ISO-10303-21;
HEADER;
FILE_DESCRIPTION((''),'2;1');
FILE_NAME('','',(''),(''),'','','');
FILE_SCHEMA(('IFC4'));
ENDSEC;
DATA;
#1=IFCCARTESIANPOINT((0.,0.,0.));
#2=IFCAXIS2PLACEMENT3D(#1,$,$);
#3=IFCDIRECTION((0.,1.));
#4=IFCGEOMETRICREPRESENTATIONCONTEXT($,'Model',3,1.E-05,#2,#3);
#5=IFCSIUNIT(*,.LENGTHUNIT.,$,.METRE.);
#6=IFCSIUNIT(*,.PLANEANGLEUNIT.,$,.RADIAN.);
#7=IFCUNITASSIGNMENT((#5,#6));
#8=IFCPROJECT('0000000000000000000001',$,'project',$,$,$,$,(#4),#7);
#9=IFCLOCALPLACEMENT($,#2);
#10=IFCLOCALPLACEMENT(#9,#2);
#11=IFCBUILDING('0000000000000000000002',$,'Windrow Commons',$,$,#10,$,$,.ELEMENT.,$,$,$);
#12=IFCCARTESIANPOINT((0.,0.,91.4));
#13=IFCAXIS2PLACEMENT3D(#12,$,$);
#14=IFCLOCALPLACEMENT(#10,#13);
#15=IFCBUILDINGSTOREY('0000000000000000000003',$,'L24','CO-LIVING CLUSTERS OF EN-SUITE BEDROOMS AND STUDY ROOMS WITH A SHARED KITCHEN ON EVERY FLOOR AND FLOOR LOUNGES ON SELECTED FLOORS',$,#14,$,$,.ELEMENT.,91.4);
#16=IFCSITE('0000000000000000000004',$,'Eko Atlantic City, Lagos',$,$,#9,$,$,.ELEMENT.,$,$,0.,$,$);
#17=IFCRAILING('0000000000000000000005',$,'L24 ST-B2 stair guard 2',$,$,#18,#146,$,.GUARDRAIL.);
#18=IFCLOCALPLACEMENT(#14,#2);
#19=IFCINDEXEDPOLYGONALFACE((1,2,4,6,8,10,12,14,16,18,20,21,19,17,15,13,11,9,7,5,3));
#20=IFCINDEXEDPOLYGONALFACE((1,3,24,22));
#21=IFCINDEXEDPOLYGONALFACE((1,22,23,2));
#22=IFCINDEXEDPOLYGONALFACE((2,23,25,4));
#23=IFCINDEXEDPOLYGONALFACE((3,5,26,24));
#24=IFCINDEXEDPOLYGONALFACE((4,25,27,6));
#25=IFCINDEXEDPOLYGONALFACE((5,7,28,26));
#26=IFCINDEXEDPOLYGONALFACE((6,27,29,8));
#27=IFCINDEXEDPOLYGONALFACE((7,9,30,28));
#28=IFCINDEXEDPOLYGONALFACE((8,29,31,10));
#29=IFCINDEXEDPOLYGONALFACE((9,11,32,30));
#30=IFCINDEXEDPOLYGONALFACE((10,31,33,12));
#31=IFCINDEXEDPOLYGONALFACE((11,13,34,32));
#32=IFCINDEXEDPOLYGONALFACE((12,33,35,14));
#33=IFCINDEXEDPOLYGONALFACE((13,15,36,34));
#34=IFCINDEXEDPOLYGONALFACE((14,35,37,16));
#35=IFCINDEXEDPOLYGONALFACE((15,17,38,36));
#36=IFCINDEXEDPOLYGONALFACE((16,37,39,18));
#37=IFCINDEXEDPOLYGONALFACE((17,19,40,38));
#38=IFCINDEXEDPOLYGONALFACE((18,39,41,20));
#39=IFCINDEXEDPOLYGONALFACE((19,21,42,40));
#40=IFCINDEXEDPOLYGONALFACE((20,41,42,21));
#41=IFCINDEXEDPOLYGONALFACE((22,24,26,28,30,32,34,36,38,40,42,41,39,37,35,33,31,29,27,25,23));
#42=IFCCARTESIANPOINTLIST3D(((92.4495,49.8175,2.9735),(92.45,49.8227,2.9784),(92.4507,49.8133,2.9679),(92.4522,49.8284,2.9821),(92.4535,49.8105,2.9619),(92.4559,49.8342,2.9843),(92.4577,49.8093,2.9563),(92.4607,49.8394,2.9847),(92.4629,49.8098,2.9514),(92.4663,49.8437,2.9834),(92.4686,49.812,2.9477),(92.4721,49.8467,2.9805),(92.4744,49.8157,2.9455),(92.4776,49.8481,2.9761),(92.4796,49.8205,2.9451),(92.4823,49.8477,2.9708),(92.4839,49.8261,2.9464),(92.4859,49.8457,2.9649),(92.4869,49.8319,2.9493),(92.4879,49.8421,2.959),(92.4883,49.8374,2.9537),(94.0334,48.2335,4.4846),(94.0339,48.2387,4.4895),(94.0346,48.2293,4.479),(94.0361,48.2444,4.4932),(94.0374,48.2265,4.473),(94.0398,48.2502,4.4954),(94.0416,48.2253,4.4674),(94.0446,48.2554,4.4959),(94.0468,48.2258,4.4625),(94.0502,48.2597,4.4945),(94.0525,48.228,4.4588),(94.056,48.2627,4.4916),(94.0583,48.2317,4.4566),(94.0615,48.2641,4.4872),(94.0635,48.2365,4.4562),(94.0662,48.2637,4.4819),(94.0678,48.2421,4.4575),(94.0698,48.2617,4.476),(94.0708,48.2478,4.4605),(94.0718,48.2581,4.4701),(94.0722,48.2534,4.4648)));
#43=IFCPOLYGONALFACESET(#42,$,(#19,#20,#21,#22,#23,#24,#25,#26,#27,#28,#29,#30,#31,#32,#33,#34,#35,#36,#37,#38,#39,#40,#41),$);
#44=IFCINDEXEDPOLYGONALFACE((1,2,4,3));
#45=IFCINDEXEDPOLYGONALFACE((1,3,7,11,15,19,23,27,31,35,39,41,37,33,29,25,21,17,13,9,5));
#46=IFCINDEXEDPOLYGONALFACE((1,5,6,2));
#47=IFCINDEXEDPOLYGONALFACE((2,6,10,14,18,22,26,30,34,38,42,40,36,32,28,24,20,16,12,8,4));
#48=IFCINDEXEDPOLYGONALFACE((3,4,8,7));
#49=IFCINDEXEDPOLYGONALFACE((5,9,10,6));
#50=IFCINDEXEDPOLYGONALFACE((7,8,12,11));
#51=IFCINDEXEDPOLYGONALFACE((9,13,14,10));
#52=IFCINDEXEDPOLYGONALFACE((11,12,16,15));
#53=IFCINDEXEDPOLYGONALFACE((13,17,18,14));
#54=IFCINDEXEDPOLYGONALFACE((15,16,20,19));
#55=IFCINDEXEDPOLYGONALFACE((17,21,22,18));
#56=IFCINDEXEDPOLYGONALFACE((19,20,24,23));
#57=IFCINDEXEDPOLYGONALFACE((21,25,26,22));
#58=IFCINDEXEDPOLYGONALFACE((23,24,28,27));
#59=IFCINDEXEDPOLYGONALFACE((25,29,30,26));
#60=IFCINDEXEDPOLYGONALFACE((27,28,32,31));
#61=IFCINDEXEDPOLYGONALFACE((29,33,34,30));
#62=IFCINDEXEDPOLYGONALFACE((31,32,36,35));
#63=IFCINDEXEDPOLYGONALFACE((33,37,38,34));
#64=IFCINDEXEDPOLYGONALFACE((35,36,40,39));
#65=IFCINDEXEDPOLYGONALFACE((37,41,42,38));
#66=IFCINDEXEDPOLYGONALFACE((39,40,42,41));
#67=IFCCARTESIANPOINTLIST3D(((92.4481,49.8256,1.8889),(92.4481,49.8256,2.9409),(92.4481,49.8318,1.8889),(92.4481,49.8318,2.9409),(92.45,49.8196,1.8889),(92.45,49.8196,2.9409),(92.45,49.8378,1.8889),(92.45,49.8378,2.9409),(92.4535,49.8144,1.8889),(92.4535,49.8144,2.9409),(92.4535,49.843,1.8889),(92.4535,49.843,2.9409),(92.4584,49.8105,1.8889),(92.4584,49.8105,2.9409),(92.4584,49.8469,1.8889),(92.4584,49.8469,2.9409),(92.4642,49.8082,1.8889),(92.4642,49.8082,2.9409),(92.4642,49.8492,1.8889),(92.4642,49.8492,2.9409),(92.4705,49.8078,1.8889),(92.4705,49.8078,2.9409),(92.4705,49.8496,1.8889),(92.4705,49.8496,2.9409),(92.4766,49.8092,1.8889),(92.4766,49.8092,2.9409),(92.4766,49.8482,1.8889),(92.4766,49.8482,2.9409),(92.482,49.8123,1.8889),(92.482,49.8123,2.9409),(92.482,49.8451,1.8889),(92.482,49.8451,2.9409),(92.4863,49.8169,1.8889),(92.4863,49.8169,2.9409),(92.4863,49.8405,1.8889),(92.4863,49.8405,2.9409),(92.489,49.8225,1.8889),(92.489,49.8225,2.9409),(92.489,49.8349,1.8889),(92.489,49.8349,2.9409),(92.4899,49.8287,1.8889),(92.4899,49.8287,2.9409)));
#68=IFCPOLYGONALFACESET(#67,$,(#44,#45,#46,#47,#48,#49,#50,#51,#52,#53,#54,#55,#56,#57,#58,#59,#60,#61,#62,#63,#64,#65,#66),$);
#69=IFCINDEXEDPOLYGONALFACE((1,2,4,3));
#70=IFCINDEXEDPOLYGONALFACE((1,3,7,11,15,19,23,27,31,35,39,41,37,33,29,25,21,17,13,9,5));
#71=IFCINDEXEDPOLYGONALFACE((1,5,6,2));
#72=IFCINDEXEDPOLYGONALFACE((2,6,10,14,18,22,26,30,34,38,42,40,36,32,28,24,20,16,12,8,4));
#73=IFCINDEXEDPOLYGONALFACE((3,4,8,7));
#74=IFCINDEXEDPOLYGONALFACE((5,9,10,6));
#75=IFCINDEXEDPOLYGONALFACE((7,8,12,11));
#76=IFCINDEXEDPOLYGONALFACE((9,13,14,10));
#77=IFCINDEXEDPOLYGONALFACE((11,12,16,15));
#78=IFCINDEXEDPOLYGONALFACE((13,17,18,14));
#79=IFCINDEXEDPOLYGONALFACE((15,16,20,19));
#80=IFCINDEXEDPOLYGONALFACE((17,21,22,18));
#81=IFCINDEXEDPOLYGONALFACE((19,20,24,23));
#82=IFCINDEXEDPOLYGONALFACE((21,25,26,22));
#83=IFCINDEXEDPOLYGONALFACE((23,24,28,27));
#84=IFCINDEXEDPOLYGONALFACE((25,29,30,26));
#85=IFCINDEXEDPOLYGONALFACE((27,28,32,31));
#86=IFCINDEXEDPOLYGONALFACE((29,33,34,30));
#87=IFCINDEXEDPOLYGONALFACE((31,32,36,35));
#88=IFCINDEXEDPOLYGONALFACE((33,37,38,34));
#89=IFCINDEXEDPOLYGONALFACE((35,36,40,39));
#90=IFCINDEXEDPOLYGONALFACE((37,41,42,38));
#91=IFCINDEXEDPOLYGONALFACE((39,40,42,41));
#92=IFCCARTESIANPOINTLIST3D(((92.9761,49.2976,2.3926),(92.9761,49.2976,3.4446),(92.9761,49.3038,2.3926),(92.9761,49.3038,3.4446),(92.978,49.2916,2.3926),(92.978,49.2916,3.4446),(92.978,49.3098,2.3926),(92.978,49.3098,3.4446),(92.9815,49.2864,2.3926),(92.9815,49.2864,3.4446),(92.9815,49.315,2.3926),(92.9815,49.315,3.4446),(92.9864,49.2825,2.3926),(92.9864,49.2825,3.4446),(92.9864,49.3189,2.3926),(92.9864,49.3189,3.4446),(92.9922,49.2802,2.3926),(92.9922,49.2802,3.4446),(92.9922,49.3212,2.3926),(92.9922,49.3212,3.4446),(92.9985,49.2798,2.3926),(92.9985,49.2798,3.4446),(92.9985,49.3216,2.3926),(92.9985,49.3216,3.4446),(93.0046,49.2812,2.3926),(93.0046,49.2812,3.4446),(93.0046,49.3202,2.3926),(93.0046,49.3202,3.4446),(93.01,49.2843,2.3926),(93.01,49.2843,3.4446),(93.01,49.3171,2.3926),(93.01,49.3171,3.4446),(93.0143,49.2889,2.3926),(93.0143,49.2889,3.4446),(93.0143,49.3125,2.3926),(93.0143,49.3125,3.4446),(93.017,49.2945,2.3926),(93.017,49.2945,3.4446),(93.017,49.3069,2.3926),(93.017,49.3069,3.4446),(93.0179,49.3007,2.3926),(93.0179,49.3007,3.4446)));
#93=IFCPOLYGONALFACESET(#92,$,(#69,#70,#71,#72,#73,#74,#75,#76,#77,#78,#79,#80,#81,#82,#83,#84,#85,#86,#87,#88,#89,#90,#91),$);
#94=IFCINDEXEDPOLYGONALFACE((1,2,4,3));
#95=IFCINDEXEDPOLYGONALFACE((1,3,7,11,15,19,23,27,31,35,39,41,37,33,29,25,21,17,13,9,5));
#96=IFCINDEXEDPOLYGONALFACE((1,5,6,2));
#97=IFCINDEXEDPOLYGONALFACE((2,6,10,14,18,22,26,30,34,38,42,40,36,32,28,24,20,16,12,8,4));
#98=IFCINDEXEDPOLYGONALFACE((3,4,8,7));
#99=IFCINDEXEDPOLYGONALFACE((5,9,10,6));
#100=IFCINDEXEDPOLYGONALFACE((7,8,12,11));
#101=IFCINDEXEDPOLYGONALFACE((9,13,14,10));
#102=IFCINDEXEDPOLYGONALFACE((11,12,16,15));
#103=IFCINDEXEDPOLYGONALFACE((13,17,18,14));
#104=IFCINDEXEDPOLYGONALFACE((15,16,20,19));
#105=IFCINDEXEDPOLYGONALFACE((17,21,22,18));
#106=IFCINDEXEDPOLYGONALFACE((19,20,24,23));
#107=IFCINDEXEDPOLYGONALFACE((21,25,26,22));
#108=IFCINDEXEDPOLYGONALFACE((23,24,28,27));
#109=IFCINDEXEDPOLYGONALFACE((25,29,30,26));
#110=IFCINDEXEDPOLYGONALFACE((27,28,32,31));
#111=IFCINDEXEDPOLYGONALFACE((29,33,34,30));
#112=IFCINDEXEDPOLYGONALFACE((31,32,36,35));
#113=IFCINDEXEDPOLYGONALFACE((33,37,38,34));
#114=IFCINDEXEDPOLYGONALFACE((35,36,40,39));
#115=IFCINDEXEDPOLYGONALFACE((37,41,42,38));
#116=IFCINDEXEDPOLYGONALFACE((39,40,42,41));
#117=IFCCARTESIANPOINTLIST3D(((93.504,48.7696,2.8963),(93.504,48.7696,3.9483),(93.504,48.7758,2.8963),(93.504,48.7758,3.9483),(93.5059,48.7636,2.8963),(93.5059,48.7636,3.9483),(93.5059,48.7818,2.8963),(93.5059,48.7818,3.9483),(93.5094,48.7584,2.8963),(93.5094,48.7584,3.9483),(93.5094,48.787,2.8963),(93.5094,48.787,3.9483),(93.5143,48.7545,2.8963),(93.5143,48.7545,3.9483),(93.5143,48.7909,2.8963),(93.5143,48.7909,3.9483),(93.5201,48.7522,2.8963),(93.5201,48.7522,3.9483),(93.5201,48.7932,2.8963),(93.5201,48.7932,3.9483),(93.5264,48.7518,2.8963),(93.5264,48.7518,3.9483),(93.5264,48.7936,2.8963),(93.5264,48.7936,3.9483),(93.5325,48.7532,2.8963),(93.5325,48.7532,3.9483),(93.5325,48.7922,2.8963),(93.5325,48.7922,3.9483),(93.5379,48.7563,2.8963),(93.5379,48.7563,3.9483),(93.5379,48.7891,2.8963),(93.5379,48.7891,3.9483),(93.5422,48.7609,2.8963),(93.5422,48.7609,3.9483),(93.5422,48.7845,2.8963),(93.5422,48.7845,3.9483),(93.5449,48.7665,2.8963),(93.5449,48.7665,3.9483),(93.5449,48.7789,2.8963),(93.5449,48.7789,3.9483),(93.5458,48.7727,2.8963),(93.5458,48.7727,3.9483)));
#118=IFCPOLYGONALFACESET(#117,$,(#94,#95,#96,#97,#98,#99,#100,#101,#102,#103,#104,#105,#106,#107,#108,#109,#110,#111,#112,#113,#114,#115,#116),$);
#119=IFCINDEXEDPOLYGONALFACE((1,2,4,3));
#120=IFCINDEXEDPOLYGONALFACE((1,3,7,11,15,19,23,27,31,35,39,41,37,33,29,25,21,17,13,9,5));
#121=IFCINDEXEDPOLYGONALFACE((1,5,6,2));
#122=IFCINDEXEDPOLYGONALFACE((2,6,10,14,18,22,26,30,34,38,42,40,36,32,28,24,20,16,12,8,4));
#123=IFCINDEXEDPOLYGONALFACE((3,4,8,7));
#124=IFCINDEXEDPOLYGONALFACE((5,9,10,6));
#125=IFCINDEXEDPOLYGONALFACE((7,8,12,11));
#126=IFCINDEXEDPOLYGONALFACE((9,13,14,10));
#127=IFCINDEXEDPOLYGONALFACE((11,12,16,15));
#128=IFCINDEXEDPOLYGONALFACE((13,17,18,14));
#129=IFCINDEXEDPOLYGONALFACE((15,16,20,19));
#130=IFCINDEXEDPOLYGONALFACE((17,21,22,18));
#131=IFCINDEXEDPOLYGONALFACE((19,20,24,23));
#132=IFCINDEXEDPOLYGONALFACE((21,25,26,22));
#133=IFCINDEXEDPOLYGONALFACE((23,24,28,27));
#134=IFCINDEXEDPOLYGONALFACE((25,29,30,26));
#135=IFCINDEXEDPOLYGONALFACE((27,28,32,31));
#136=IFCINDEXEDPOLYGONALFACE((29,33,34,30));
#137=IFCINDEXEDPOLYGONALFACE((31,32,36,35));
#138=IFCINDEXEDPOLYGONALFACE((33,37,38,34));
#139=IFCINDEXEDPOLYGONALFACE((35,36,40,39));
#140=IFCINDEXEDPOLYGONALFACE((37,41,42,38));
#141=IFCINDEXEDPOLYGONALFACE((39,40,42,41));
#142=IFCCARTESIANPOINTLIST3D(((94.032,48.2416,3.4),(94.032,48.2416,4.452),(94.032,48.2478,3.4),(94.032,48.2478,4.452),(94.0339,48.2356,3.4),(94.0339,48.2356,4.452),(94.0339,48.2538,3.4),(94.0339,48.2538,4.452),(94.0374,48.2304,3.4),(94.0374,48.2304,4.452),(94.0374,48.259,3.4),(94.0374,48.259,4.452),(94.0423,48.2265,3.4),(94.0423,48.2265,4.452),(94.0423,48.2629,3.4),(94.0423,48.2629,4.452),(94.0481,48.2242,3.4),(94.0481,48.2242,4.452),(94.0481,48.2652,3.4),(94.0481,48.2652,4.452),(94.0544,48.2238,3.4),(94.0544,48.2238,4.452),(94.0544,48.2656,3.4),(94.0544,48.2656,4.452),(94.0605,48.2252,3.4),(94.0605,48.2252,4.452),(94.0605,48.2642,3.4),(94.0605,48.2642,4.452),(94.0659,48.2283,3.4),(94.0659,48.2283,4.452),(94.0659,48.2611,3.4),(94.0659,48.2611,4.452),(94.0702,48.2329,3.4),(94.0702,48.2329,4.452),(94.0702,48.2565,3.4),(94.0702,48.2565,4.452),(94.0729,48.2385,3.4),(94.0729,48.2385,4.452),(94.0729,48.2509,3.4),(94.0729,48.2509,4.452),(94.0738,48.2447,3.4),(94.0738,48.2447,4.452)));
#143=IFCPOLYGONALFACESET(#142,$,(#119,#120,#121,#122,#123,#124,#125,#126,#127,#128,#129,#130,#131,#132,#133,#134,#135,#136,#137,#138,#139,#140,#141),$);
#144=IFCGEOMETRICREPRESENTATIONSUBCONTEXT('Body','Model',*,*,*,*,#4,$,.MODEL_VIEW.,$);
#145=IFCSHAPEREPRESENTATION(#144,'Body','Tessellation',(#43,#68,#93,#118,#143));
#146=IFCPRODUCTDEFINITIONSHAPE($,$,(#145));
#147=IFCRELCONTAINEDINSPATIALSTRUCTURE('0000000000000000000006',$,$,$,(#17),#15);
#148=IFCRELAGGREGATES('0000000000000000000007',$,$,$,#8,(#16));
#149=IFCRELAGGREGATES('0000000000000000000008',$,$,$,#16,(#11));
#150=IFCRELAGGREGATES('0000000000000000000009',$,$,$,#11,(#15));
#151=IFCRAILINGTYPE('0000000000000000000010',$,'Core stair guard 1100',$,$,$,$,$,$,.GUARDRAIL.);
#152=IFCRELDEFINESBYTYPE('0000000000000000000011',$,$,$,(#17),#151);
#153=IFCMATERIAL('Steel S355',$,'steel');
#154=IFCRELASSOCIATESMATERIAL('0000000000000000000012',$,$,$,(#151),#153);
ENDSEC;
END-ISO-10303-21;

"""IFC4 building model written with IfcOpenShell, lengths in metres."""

from ifc_helpers import new_model, si_unit, direction, frame, origin, origin_2d, place, context, subcontext, project, spatial, circle, extrude, material, type_object, element, save


model = new_model("IFC4")

# Units and contexts
model_context = context("Model", 3, precision=1e-05, world=origin(), true_north=direction((0.0, 1.0)))
body_context = subcontext(model_context, "Body", "Model", "MODEL_VIEW")
ifc_project = project(units=[si_unit("LENGTHUNIT", "METRE"), si_unit("PLANEANGLEUNIT", "RADIAN")], contexts=[model_context])

# Site, building, storey
site_placement = place(None, origin())
site = spatial("IfcSite", under=ifc_project, at=site_placement, Name="Eko Atlantic City, Lagos", CompositionType="ELEMENT", RefElevation=0.0)
building_placement = place(site_placement, origin())
building = spatial("IfcBuilding", under=site, at=building_placement, Name="Windrow Commons", CompositionType="ELEMENT")
storey_placement = place(building_placement, frame((0.0, 0.0, 91.4)))
storey = spatial("IfcBuildingStorey", under=building, at=storey_placement, Name="L24", Description="CO-LIVING CLUSTERS OF EN-SUITE BEDROOMS AND STUDY ROOMS WITH A SHARED KITCHEN ON EVERY FLOOR AND FLOOR LOUNGES ON SELECTED FLOORS", CompositionType="ELEMENT", Elevation=91.4)

# Railing
ifc_material_1 = material(Name="Steel S355", Category="steel")
railing_type_1 = type_object("IfcRailingType", Name="Core stair guard 1100", PredefinedType="GUARDRAIL", material=ifc_material_1)
railing_1_placement = place(storey_placement, frame((92.4689, 49.8287, 1.8889)))
element("IfcRailing", 1, at=railing_1_placement, inside=storey, type_object=railing_type_1, Name="L24 ST-B2 stair guard 2", PredefinedType="GUARDRAIL", context=body_context, shape_type="SweptSolid", body=[
    extrude(circle(Radius=0.024, at=origin_2d()), frame((0.0, 0.0, 1.076), z_axis=(0.586179, -0.586216, 0.559237), x_axis=(0.707129, 0.707084, 0.0)), (0.0, 0.0, 1.0), 2.7021),
    extrude(circle(Radius=0.021, at=origin_2d()), origin(), (0.0, 0.0, 1.0), 1.052),
    extrude(circle(Radius=0.021, at=origin_2d()), frame((0.528, -0.528, 0.5037)), (0.0, 0.0, 1.0), 1.052),
    extrude(circle(Radius=0.021, at=origin_2d()), frame((1.0559, -1.056, 1.0074)), (0.0, 0.0, 1.0), 1.052),
    extrude(circle(Radius=0.021, at=origin_2d()), frame((1.5839, -1.584, 1.5111)), (0.0, 0.0, 1.0), 1.052),
])

save(model, "model.ifc")
